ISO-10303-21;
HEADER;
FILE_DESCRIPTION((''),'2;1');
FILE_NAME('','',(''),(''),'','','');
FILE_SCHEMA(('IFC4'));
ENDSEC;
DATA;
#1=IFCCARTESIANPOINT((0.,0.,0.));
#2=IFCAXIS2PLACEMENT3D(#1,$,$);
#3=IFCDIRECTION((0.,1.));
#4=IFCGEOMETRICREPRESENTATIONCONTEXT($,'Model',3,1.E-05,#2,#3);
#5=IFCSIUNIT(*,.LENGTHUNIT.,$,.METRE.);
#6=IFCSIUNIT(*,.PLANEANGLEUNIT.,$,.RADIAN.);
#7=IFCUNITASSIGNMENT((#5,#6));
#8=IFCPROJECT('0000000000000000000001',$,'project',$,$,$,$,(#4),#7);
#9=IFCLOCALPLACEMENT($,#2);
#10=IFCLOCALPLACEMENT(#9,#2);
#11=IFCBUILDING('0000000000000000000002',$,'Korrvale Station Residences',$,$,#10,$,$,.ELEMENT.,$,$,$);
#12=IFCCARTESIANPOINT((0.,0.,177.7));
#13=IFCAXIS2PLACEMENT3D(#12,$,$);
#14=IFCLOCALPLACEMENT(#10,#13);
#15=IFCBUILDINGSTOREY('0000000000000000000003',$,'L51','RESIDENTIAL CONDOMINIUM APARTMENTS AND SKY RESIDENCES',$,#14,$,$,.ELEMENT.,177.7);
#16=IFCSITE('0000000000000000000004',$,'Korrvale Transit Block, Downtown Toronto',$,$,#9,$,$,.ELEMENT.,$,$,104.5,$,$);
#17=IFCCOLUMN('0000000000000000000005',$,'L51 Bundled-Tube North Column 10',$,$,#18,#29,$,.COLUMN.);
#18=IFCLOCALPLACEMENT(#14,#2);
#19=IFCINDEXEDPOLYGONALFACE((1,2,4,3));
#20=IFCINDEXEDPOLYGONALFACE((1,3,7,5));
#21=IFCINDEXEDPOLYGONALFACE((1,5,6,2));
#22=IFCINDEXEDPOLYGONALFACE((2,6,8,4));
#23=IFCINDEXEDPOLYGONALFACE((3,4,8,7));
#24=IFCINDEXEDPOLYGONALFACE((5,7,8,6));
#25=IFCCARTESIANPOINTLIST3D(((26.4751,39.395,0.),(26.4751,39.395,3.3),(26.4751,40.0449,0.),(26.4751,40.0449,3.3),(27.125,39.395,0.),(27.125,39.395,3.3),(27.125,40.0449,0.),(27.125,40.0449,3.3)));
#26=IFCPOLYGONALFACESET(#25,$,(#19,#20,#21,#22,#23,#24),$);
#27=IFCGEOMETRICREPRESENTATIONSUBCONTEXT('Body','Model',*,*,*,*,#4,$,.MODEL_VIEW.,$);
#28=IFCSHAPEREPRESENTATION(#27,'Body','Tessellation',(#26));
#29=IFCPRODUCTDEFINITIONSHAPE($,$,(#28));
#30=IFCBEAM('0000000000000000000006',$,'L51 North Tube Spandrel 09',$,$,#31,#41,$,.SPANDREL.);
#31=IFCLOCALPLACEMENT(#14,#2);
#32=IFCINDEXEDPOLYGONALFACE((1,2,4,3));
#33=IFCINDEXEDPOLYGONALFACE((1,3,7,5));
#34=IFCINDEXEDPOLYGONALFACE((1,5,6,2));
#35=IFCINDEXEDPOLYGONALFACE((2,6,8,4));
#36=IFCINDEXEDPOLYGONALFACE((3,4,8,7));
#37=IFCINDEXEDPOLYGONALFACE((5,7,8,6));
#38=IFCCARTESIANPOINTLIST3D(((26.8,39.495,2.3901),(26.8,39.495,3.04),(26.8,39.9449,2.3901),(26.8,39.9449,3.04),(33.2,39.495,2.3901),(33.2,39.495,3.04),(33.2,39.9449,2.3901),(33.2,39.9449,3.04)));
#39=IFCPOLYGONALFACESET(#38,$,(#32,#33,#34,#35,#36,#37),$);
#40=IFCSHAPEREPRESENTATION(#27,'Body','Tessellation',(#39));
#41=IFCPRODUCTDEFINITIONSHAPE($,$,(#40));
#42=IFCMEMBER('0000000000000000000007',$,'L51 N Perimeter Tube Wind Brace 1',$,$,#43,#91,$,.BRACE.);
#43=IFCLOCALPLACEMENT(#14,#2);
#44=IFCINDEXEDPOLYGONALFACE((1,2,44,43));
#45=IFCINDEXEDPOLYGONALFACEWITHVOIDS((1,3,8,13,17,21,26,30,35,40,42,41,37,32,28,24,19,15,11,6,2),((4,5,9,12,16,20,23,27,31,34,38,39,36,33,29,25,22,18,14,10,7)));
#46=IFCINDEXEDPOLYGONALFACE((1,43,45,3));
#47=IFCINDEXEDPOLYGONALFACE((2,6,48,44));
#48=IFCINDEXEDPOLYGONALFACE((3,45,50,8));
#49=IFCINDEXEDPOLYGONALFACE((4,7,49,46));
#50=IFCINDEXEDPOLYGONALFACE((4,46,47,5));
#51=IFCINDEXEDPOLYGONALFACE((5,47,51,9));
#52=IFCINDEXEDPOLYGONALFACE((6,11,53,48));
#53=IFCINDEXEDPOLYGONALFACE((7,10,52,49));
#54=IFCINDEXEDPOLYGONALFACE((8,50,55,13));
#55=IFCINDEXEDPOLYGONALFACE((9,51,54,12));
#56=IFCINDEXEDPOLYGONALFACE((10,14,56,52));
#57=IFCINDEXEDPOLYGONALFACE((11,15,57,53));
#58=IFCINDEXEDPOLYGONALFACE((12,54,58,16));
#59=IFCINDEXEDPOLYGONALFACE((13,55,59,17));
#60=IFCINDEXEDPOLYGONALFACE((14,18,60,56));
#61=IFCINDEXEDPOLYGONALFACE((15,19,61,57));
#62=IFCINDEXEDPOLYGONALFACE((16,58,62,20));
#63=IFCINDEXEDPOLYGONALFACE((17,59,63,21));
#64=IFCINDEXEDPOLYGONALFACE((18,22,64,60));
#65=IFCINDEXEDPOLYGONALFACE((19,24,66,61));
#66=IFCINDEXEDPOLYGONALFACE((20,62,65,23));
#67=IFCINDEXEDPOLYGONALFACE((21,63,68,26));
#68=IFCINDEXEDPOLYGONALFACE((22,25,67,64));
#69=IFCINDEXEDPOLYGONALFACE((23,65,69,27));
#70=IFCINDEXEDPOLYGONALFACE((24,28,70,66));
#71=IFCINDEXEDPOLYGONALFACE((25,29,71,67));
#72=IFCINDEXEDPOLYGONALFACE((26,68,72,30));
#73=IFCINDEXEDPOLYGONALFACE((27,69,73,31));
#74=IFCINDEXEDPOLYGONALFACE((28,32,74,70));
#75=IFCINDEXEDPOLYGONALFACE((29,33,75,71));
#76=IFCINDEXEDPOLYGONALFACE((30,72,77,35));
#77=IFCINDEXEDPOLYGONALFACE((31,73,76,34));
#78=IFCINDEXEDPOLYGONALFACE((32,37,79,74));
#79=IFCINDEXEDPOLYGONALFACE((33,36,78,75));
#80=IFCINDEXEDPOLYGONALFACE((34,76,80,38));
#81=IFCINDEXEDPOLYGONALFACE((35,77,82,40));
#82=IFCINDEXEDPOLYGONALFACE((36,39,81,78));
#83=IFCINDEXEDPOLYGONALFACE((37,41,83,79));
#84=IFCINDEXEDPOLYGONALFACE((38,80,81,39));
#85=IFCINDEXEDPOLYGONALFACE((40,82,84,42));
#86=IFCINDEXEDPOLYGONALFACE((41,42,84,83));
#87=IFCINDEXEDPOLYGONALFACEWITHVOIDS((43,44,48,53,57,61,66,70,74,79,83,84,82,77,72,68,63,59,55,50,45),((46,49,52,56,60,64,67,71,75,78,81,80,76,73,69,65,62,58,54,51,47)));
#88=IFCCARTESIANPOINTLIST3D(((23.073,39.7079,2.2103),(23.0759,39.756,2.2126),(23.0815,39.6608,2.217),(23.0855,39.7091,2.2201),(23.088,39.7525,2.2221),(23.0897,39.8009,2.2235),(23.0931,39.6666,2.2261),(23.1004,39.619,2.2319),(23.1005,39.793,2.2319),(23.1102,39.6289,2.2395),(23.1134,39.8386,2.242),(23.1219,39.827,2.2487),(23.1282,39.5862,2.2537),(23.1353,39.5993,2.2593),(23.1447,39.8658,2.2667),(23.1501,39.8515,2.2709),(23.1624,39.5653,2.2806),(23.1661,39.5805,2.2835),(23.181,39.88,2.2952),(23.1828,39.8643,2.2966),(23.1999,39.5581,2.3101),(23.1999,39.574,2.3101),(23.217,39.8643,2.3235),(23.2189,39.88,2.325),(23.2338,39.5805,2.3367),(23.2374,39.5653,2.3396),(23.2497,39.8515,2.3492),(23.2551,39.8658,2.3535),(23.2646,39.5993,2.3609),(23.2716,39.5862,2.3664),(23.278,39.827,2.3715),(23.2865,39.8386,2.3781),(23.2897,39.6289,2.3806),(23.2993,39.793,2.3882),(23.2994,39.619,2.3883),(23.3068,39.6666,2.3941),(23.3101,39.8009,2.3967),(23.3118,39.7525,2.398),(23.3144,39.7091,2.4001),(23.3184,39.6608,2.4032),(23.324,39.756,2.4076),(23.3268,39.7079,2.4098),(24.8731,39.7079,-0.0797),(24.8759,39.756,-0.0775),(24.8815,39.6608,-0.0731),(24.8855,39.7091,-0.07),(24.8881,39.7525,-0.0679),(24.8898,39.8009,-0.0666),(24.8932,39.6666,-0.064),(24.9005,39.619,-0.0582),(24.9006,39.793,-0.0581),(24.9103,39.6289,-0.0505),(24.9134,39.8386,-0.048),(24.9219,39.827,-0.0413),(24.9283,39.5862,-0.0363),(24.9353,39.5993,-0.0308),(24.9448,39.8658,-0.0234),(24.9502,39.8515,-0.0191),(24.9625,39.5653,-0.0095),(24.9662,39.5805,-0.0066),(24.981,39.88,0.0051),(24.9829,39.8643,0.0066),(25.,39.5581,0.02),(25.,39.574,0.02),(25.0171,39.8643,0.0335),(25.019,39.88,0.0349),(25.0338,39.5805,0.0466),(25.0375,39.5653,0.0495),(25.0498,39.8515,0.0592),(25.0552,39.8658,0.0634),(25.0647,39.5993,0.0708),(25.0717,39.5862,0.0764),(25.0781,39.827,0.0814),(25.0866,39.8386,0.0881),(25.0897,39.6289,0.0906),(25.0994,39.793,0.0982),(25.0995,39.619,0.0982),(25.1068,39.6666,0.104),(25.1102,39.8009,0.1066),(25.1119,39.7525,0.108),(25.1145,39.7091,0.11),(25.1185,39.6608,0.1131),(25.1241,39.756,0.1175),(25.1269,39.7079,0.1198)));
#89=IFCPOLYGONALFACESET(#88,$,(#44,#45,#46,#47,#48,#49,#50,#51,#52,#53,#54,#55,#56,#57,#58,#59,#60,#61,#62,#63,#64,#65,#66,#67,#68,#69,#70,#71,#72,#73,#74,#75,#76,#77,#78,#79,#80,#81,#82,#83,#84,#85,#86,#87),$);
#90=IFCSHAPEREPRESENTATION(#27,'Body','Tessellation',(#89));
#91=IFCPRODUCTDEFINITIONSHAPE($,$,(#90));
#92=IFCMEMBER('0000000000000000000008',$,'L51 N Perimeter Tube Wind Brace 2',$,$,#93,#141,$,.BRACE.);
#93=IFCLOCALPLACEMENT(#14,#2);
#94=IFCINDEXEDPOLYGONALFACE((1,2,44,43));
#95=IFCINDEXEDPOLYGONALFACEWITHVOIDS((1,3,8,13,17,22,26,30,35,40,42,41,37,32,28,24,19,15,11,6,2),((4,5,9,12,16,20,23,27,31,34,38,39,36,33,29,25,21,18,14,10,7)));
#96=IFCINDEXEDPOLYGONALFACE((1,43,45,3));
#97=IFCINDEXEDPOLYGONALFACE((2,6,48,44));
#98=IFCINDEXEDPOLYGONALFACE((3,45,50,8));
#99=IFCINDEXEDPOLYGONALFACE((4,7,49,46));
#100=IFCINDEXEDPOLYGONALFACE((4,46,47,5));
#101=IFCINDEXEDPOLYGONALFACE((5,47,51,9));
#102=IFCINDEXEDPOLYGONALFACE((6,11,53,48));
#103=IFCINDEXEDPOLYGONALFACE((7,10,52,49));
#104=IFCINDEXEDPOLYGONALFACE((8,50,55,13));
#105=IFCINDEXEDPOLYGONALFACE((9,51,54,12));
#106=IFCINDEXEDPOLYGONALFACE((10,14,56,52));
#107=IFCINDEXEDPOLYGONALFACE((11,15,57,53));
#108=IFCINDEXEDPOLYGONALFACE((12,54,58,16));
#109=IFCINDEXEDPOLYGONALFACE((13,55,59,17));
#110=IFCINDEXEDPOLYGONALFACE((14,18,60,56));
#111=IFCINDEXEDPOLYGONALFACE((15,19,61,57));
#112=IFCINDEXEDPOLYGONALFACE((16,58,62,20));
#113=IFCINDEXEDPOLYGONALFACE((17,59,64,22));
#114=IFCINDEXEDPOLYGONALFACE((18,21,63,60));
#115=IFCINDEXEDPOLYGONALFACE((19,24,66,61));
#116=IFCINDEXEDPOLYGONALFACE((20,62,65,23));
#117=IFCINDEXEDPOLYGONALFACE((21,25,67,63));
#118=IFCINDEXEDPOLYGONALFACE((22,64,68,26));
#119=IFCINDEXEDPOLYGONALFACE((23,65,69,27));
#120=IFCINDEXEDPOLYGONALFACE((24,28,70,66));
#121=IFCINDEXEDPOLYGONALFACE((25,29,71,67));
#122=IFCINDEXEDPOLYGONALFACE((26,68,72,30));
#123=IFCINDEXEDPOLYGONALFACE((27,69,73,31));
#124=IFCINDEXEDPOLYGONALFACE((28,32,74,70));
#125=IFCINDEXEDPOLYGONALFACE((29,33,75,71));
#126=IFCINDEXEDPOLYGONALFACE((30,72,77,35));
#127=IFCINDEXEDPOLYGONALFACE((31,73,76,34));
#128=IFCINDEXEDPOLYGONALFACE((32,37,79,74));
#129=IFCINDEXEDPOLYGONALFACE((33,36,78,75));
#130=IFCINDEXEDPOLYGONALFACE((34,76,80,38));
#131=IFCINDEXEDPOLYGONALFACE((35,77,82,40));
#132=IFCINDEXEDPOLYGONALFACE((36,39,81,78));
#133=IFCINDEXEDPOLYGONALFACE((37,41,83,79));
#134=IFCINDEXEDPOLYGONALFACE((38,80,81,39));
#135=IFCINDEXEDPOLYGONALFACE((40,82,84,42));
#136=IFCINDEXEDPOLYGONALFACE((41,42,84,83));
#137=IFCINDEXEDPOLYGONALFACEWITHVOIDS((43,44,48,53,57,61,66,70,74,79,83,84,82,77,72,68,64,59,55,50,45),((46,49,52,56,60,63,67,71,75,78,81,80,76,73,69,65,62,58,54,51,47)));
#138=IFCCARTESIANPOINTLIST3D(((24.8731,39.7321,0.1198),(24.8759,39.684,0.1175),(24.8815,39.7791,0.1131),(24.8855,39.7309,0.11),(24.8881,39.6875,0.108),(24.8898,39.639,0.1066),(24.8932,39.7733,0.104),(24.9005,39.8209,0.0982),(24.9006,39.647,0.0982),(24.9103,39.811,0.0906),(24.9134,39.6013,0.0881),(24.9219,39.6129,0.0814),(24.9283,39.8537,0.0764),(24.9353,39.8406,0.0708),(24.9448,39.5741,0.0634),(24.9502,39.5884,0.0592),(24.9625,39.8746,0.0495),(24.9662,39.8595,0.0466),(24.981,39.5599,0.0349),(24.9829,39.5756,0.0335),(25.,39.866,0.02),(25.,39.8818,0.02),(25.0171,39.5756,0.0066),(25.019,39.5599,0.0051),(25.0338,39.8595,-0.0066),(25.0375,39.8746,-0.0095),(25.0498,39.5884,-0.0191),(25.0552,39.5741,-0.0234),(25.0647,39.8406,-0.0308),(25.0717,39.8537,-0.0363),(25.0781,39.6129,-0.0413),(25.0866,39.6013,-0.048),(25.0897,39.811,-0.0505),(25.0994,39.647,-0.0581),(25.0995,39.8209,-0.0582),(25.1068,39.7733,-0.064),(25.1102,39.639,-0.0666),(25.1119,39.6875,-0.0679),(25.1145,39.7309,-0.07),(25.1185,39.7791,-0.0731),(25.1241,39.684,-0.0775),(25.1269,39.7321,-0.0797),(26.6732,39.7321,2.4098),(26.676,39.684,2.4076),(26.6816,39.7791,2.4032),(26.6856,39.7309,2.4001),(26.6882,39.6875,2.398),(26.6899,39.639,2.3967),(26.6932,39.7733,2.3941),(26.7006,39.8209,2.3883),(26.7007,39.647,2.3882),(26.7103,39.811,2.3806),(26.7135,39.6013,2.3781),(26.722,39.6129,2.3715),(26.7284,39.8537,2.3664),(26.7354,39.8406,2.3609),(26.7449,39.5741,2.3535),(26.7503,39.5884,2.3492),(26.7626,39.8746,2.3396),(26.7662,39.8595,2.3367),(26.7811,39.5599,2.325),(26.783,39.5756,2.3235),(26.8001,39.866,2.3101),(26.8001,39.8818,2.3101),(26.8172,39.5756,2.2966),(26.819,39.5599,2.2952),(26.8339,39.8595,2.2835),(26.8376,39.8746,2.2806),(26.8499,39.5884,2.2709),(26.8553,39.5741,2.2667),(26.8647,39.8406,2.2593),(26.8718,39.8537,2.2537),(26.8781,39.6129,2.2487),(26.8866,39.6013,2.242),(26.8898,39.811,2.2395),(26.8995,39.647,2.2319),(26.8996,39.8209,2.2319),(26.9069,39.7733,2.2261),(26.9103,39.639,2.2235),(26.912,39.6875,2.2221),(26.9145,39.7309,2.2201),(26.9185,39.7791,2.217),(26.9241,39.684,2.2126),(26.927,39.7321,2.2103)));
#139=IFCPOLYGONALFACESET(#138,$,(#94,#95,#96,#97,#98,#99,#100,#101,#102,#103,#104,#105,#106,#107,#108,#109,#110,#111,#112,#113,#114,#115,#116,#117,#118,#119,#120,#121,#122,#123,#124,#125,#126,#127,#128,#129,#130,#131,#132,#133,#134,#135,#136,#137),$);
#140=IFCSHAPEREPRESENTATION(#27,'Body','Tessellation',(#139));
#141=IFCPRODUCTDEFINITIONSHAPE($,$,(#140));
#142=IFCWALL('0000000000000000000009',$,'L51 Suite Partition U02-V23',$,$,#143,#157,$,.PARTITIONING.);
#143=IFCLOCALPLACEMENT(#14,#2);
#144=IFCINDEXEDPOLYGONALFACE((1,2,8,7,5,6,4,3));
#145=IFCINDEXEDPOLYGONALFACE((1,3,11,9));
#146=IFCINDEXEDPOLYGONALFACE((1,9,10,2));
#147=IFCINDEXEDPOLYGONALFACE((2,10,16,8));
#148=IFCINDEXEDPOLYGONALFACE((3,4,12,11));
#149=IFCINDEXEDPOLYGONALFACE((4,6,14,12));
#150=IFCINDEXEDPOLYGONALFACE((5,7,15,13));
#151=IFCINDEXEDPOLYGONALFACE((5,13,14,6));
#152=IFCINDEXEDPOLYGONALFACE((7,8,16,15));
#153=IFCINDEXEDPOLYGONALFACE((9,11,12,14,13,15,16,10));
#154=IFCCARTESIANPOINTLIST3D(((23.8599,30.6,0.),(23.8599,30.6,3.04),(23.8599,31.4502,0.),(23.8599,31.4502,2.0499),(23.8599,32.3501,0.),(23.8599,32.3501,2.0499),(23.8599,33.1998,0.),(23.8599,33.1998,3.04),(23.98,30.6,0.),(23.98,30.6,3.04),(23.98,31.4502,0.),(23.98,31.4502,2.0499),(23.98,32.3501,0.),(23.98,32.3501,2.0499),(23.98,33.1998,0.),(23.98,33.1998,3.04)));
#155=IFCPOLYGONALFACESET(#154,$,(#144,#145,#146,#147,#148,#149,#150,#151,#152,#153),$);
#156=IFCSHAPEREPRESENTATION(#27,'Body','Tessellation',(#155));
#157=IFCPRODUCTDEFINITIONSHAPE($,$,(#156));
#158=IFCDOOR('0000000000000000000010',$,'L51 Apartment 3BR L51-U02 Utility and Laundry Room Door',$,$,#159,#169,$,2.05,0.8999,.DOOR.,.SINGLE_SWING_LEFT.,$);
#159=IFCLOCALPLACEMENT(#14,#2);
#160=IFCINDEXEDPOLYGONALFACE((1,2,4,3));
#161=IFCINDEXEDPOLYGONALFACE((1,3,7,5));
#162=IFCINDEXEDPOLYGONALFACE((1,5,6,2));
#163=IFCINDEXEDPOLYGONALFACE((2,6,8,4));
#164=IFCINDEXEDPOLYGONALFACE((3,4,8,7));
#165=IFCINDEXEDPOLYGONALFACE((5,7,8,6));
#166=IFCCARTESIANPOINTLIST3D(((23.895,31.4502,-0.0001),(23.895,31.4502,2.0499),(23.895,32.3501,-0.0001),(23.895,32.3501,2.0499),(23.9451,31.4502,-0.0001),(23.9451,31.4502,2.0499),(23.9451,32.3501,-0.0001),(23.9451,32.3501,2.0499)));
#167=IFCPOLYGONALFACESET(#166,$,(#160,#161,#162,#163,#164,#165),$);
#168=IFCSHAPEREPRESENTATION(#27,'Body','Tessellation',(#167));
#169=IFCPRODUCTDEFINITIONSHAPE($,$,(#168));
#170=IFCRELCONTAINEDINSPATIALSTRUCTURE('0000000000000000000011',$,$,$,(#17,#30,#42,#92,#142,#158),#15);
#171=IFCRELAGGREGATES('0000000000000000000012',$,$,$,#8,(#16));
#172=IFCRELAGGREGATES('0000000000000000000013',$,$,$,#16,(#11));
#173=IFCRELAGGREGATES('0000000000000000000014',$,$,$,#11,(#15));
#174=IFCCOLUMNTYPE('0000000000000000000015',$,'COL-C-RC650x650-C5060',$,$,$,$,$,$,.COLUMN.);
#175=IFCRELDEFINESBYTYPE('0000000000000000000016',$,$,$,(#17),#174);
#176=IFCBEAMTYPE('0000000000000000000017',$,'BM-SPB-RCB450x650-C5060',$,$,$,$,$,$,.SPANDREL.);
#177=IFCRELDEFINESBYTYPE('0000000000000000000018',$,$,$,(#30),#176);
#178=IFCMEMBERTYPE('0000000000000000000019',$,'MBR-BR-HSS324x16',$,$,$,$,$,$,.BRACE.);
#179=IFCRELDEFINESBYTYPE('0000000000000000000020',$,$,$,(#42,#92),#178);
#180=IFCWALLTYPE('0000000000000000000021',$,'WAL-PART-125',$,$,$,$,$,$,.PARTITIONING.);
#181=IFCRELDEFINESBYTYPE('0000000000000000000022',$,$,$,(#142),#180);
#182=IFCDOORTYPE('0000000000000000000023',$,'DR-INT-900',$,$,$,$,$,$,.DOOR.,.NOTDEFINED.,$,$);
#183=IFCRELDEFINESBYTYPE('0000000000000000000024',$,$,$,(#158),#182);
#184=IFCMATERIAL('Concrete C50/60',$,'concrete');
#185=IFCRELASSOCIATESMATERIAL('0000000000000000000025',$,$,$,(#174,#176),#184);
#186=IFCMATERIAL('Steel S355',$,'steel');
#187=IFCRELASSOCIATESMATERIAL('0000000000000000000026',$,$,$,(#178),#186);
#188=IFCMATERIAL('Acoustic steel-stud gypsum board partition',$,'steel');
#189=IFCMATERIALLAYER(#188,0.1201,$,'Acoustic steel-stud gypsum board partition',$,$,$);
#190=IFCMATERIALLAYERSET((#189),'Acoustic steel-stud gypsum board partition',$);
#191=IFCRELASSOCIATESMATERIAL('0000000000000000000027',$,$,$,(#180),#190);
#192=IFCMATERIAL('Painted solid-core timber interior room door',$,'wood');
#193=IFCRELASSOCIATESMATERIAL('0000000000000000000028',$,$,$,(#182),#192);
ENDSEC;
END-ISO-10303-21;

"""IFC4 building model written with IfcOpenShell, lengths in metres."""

from ifc_helpers import new_model, si_unit, direction, frame, frame_2d, origin, origin_2d, place, context, subcontext, project, spatial, rectangle, hollow_circle, extrude, material, layer, layer_set, material_profile, profile_set, type_object, element, fill, save


model = new_model("IFC4")

# Units and contexts
model_context = context("Model", 3, precision=1e-05, world=origin(), true_north=direction((0.0, 1.0)))
body_context = subcontext(model_context, "Body", "Model", "MODEL_VIEW")
ifc_project = project(units=[si_unit("LENGTHUNIT", "METRE"), si_unit("PLANEANGLEUNIT", "RADIAN")], contexts=[model_context])

# Site, building, storey
site_placement = place(None, origin())
site = spatial("IfcSite", under=ifc_project, at=site_placement, Name="Korrvale Transit Block, Downtown Toronto", CompositionType="ELEMENT", RefElevation=104.5)
building_placement = place(site_placement, origin())
building = spatial("IfcBuilding", under=site, at=building_placement, Name="Korrvale Station Residences", CompositionType="ELEMENT")
storey_placement = place(building_placement, frame((0.0, 0.0, 177.7)))
storey = spatial("IfcBuildingStorey", under=building, at=storey_placement, Name="L51", Description="RESIDENTIAL CONDOMINIUM APARTMENTS AND SKY RESIDENCES", CompositionType="ELEMENT", Elevation=177.7)

# Column
ifc_material_1 = material(Name="Concrete C50/60", Category="concrete")
ifc_material_profile_1 = material_profile(ifc_material_1, rectangle(XDim=0.6499, YDim=0.6499, at=origin_2d()), Name="RC650x650")
ifc_profile_set_1 = profile_set([ifc_material_profile_1], Name="Concrete C50/60")
column_type = type_object("IfcColumnType", Name="COL-C-RC650x650-C5060", PredefinedType="COLUMN", material=ifc_profile_set_1)
column_placement = place(storey_placement, frame((26.8, 39.72, 0.0), z_axis=(0.0, 0.0, 1.0), x_axis=(1.0, 0.0, 0.0)))
element("IfcColumn", 1, at=column_placement, inside=storey, type_object=column_type, Name="L51 Bundled-Tube North Column 10", PredefinedType="COLUMN", context=body_context, shape_type="SweptSolid", body=[
    extrude(rectangle(XDim=0.6499, YDim=0.6499, at=origin_2d()), origin(), (0.0, 0.0, 1.0), 3.3),
])

# Beam
ifc_material_profile_2 = material_profile(ifc_material_1, rectangle(XDim=0.45, YDim=0.6499, at=origin_2d()), Name="RCB450x650")
ifc_profile_set_2 = profile_set([ifc_material_profile_2], Name="Concrete C50/60")
beam_type = type_object("IfcBeamType", Name="BM-SPB-RCB450x650-C5060", PredefinedType="SPANDREL", material=ifc_profile_set_2)
beam_placement = place(storey_placement, frame((26.8, 39.72, 2.7151), z_axis=(1.0, 0.0, 0.0), x_axis=(0.0, 1.0, 0.0)))
element("IfcBeam", 2, at=beam_placement, inside=storey, type_object=beam_type, Name="L51 North Tube Spandrel 09", PredefinedType="SPANDREL", context=body_context, shape_type="SweptSolid", body=[
    extrude(rectangle(XDim=0.45, YDim=0.6499, at=origin_2d()), origin(), (0.0, 0.0, 1.0), 6.3999),
])

# Members
ifc_material_2 = material(Name="Steel S355", Category="steel")
ifc_material_profile_3 = material_profile(ifc_material_2, hollow_circle(Radius=0.1619, WallThickness=0.0159, at=origin_2d()), Name="HSS324x16")
ifc_profile_set_3 = profile_set([ifc_material_profile_3], Name="Steel S355")
member_type = type_object("IfcMemberType", Name="MBR-BR-HSS324x16", PredefinedType="BRACE", material=ifc_profile_set_3)
for number, where, z_axis, x_axis, name in (
    (3, (25.0, 39.72, 0.02), (-0.617977, 0.0, 0.786196), (0.0, -1.0, 0.0), "L51 N Perimeter Tube Wind Brace 1"),
    (4, (25.0, 39.72, 0.02), (0.617977, 0.0, 0.786196), (0.0, 1.0, 0.0), "L51 N Perimeter Tube Wind Brace 2"),
):
    element("IfcMember", number, at=place(storey_placement, frame(where, z_axis=z_axis, x_axis=x_axis)), inside=storey, type_object=member_type, Name=name, PredefinedType="BRACE", context=body_context, shape_type="SweptSolid", body=[
        extrude(hollow_circle(Radius=0.1619, WallThickness=0.0159, at=origin_2d()), origin(), (0.0, 0.0, 1.0), 2.9128),
    ])

# Wall, opening, door
ifc_material_3 = material(Name="Acoustic steel-stud gypsum board partition", Category="steel")
ifc_layer_1 = layer(ifc_material_3, 0.1201, Name="Acoustic steel-stud gypsum board partition")
ifc_layer_set_1 = layer_set([ifc_layer_1], Name="Acoustic steel-stud gypsum board partition")
wall_type = type_object("IfcWallType", Name="WAL-PART-125", PredefinedType="PARTITIONING", material=ifc_layer_set_1)
wall_1_placement = place(storey_placement, frame((23.9199, 30.6001, 0.0), z_axis=(0.0, 0.0, 1.0), x_axis=(0.0, 1.0, 0.0)))
wall_1 = element("IfcWall", 5, at=wall_1_placement, inside=storey, type_object=wall_type, Name="L51 Suite Partition U02-V23", PredefinedType="PARTITIONING", context=body_context, shape_type="SweptSolid", body=[
    extrude(rectangle(XDim=2.5999, YDim=0.1201, at=frame_2d((1.2998, 0.0))), origin(), (0.0, 0.0, 1.0), 3.04),
])
opening_1_placement = place(wall_1_placement, frame((0.8501, 0.0, 0.0)))
opening_1 = element("IfcOpeningElement", 6, at=opening_1_placement, cuts=wall_1, PredefinedType="OPENING", context=body_context, shape_type="SweptSolid", body=[
    extrude(rectangle(XDim=0.8999, YDim=2.05, at=frame_2d((0.45, 1.0249))), frame((0.0, 0.0701, 0.0), z_axis=(0.0, -1.0, 0.0), x_axis=(1.0, 0.0, 0.0)), (0.0, 0.0, 1.0), 0.1401),
])
ifc_material_4 = material(Name="Painted solid-core timber interior room door", Category="wood")
door_type = type_object("IfcDoorType", Name="DR-INT-900", OperationType="NOTDEFINED", PredefinedType="DOOR", material=ifc_material_4)
door_1_placement = place(opening_1_placement, origin())
door_1 = element("IfcDoor", 7, at=door_1_placement, inside=storey, type_object=door_type, Name="L51 Apartment 3BR L51-U02 Utility and Laundry Room Door", OperationType="SINGLE_SWING_LEFT", OverallHeight=2.05, OverallWidth=0.8999, PredefinedType="DOOR", context=body_context, shape_type="SweptSolid", body=[
    extrude(rectangle(XDim=0.8999, YDim=2.05, at=frame_2d((0.45, 1.0249))), frame((0.0, 0.0249, 0.0), z_axis=(0.0, -1.0, 0.0), x_axis=(1.0, 0.0, 0.0)), (0.0, 0.0, 1.0), 0.05),
])
fill(opening_1, door_1)

save(model, "model.ifc")
